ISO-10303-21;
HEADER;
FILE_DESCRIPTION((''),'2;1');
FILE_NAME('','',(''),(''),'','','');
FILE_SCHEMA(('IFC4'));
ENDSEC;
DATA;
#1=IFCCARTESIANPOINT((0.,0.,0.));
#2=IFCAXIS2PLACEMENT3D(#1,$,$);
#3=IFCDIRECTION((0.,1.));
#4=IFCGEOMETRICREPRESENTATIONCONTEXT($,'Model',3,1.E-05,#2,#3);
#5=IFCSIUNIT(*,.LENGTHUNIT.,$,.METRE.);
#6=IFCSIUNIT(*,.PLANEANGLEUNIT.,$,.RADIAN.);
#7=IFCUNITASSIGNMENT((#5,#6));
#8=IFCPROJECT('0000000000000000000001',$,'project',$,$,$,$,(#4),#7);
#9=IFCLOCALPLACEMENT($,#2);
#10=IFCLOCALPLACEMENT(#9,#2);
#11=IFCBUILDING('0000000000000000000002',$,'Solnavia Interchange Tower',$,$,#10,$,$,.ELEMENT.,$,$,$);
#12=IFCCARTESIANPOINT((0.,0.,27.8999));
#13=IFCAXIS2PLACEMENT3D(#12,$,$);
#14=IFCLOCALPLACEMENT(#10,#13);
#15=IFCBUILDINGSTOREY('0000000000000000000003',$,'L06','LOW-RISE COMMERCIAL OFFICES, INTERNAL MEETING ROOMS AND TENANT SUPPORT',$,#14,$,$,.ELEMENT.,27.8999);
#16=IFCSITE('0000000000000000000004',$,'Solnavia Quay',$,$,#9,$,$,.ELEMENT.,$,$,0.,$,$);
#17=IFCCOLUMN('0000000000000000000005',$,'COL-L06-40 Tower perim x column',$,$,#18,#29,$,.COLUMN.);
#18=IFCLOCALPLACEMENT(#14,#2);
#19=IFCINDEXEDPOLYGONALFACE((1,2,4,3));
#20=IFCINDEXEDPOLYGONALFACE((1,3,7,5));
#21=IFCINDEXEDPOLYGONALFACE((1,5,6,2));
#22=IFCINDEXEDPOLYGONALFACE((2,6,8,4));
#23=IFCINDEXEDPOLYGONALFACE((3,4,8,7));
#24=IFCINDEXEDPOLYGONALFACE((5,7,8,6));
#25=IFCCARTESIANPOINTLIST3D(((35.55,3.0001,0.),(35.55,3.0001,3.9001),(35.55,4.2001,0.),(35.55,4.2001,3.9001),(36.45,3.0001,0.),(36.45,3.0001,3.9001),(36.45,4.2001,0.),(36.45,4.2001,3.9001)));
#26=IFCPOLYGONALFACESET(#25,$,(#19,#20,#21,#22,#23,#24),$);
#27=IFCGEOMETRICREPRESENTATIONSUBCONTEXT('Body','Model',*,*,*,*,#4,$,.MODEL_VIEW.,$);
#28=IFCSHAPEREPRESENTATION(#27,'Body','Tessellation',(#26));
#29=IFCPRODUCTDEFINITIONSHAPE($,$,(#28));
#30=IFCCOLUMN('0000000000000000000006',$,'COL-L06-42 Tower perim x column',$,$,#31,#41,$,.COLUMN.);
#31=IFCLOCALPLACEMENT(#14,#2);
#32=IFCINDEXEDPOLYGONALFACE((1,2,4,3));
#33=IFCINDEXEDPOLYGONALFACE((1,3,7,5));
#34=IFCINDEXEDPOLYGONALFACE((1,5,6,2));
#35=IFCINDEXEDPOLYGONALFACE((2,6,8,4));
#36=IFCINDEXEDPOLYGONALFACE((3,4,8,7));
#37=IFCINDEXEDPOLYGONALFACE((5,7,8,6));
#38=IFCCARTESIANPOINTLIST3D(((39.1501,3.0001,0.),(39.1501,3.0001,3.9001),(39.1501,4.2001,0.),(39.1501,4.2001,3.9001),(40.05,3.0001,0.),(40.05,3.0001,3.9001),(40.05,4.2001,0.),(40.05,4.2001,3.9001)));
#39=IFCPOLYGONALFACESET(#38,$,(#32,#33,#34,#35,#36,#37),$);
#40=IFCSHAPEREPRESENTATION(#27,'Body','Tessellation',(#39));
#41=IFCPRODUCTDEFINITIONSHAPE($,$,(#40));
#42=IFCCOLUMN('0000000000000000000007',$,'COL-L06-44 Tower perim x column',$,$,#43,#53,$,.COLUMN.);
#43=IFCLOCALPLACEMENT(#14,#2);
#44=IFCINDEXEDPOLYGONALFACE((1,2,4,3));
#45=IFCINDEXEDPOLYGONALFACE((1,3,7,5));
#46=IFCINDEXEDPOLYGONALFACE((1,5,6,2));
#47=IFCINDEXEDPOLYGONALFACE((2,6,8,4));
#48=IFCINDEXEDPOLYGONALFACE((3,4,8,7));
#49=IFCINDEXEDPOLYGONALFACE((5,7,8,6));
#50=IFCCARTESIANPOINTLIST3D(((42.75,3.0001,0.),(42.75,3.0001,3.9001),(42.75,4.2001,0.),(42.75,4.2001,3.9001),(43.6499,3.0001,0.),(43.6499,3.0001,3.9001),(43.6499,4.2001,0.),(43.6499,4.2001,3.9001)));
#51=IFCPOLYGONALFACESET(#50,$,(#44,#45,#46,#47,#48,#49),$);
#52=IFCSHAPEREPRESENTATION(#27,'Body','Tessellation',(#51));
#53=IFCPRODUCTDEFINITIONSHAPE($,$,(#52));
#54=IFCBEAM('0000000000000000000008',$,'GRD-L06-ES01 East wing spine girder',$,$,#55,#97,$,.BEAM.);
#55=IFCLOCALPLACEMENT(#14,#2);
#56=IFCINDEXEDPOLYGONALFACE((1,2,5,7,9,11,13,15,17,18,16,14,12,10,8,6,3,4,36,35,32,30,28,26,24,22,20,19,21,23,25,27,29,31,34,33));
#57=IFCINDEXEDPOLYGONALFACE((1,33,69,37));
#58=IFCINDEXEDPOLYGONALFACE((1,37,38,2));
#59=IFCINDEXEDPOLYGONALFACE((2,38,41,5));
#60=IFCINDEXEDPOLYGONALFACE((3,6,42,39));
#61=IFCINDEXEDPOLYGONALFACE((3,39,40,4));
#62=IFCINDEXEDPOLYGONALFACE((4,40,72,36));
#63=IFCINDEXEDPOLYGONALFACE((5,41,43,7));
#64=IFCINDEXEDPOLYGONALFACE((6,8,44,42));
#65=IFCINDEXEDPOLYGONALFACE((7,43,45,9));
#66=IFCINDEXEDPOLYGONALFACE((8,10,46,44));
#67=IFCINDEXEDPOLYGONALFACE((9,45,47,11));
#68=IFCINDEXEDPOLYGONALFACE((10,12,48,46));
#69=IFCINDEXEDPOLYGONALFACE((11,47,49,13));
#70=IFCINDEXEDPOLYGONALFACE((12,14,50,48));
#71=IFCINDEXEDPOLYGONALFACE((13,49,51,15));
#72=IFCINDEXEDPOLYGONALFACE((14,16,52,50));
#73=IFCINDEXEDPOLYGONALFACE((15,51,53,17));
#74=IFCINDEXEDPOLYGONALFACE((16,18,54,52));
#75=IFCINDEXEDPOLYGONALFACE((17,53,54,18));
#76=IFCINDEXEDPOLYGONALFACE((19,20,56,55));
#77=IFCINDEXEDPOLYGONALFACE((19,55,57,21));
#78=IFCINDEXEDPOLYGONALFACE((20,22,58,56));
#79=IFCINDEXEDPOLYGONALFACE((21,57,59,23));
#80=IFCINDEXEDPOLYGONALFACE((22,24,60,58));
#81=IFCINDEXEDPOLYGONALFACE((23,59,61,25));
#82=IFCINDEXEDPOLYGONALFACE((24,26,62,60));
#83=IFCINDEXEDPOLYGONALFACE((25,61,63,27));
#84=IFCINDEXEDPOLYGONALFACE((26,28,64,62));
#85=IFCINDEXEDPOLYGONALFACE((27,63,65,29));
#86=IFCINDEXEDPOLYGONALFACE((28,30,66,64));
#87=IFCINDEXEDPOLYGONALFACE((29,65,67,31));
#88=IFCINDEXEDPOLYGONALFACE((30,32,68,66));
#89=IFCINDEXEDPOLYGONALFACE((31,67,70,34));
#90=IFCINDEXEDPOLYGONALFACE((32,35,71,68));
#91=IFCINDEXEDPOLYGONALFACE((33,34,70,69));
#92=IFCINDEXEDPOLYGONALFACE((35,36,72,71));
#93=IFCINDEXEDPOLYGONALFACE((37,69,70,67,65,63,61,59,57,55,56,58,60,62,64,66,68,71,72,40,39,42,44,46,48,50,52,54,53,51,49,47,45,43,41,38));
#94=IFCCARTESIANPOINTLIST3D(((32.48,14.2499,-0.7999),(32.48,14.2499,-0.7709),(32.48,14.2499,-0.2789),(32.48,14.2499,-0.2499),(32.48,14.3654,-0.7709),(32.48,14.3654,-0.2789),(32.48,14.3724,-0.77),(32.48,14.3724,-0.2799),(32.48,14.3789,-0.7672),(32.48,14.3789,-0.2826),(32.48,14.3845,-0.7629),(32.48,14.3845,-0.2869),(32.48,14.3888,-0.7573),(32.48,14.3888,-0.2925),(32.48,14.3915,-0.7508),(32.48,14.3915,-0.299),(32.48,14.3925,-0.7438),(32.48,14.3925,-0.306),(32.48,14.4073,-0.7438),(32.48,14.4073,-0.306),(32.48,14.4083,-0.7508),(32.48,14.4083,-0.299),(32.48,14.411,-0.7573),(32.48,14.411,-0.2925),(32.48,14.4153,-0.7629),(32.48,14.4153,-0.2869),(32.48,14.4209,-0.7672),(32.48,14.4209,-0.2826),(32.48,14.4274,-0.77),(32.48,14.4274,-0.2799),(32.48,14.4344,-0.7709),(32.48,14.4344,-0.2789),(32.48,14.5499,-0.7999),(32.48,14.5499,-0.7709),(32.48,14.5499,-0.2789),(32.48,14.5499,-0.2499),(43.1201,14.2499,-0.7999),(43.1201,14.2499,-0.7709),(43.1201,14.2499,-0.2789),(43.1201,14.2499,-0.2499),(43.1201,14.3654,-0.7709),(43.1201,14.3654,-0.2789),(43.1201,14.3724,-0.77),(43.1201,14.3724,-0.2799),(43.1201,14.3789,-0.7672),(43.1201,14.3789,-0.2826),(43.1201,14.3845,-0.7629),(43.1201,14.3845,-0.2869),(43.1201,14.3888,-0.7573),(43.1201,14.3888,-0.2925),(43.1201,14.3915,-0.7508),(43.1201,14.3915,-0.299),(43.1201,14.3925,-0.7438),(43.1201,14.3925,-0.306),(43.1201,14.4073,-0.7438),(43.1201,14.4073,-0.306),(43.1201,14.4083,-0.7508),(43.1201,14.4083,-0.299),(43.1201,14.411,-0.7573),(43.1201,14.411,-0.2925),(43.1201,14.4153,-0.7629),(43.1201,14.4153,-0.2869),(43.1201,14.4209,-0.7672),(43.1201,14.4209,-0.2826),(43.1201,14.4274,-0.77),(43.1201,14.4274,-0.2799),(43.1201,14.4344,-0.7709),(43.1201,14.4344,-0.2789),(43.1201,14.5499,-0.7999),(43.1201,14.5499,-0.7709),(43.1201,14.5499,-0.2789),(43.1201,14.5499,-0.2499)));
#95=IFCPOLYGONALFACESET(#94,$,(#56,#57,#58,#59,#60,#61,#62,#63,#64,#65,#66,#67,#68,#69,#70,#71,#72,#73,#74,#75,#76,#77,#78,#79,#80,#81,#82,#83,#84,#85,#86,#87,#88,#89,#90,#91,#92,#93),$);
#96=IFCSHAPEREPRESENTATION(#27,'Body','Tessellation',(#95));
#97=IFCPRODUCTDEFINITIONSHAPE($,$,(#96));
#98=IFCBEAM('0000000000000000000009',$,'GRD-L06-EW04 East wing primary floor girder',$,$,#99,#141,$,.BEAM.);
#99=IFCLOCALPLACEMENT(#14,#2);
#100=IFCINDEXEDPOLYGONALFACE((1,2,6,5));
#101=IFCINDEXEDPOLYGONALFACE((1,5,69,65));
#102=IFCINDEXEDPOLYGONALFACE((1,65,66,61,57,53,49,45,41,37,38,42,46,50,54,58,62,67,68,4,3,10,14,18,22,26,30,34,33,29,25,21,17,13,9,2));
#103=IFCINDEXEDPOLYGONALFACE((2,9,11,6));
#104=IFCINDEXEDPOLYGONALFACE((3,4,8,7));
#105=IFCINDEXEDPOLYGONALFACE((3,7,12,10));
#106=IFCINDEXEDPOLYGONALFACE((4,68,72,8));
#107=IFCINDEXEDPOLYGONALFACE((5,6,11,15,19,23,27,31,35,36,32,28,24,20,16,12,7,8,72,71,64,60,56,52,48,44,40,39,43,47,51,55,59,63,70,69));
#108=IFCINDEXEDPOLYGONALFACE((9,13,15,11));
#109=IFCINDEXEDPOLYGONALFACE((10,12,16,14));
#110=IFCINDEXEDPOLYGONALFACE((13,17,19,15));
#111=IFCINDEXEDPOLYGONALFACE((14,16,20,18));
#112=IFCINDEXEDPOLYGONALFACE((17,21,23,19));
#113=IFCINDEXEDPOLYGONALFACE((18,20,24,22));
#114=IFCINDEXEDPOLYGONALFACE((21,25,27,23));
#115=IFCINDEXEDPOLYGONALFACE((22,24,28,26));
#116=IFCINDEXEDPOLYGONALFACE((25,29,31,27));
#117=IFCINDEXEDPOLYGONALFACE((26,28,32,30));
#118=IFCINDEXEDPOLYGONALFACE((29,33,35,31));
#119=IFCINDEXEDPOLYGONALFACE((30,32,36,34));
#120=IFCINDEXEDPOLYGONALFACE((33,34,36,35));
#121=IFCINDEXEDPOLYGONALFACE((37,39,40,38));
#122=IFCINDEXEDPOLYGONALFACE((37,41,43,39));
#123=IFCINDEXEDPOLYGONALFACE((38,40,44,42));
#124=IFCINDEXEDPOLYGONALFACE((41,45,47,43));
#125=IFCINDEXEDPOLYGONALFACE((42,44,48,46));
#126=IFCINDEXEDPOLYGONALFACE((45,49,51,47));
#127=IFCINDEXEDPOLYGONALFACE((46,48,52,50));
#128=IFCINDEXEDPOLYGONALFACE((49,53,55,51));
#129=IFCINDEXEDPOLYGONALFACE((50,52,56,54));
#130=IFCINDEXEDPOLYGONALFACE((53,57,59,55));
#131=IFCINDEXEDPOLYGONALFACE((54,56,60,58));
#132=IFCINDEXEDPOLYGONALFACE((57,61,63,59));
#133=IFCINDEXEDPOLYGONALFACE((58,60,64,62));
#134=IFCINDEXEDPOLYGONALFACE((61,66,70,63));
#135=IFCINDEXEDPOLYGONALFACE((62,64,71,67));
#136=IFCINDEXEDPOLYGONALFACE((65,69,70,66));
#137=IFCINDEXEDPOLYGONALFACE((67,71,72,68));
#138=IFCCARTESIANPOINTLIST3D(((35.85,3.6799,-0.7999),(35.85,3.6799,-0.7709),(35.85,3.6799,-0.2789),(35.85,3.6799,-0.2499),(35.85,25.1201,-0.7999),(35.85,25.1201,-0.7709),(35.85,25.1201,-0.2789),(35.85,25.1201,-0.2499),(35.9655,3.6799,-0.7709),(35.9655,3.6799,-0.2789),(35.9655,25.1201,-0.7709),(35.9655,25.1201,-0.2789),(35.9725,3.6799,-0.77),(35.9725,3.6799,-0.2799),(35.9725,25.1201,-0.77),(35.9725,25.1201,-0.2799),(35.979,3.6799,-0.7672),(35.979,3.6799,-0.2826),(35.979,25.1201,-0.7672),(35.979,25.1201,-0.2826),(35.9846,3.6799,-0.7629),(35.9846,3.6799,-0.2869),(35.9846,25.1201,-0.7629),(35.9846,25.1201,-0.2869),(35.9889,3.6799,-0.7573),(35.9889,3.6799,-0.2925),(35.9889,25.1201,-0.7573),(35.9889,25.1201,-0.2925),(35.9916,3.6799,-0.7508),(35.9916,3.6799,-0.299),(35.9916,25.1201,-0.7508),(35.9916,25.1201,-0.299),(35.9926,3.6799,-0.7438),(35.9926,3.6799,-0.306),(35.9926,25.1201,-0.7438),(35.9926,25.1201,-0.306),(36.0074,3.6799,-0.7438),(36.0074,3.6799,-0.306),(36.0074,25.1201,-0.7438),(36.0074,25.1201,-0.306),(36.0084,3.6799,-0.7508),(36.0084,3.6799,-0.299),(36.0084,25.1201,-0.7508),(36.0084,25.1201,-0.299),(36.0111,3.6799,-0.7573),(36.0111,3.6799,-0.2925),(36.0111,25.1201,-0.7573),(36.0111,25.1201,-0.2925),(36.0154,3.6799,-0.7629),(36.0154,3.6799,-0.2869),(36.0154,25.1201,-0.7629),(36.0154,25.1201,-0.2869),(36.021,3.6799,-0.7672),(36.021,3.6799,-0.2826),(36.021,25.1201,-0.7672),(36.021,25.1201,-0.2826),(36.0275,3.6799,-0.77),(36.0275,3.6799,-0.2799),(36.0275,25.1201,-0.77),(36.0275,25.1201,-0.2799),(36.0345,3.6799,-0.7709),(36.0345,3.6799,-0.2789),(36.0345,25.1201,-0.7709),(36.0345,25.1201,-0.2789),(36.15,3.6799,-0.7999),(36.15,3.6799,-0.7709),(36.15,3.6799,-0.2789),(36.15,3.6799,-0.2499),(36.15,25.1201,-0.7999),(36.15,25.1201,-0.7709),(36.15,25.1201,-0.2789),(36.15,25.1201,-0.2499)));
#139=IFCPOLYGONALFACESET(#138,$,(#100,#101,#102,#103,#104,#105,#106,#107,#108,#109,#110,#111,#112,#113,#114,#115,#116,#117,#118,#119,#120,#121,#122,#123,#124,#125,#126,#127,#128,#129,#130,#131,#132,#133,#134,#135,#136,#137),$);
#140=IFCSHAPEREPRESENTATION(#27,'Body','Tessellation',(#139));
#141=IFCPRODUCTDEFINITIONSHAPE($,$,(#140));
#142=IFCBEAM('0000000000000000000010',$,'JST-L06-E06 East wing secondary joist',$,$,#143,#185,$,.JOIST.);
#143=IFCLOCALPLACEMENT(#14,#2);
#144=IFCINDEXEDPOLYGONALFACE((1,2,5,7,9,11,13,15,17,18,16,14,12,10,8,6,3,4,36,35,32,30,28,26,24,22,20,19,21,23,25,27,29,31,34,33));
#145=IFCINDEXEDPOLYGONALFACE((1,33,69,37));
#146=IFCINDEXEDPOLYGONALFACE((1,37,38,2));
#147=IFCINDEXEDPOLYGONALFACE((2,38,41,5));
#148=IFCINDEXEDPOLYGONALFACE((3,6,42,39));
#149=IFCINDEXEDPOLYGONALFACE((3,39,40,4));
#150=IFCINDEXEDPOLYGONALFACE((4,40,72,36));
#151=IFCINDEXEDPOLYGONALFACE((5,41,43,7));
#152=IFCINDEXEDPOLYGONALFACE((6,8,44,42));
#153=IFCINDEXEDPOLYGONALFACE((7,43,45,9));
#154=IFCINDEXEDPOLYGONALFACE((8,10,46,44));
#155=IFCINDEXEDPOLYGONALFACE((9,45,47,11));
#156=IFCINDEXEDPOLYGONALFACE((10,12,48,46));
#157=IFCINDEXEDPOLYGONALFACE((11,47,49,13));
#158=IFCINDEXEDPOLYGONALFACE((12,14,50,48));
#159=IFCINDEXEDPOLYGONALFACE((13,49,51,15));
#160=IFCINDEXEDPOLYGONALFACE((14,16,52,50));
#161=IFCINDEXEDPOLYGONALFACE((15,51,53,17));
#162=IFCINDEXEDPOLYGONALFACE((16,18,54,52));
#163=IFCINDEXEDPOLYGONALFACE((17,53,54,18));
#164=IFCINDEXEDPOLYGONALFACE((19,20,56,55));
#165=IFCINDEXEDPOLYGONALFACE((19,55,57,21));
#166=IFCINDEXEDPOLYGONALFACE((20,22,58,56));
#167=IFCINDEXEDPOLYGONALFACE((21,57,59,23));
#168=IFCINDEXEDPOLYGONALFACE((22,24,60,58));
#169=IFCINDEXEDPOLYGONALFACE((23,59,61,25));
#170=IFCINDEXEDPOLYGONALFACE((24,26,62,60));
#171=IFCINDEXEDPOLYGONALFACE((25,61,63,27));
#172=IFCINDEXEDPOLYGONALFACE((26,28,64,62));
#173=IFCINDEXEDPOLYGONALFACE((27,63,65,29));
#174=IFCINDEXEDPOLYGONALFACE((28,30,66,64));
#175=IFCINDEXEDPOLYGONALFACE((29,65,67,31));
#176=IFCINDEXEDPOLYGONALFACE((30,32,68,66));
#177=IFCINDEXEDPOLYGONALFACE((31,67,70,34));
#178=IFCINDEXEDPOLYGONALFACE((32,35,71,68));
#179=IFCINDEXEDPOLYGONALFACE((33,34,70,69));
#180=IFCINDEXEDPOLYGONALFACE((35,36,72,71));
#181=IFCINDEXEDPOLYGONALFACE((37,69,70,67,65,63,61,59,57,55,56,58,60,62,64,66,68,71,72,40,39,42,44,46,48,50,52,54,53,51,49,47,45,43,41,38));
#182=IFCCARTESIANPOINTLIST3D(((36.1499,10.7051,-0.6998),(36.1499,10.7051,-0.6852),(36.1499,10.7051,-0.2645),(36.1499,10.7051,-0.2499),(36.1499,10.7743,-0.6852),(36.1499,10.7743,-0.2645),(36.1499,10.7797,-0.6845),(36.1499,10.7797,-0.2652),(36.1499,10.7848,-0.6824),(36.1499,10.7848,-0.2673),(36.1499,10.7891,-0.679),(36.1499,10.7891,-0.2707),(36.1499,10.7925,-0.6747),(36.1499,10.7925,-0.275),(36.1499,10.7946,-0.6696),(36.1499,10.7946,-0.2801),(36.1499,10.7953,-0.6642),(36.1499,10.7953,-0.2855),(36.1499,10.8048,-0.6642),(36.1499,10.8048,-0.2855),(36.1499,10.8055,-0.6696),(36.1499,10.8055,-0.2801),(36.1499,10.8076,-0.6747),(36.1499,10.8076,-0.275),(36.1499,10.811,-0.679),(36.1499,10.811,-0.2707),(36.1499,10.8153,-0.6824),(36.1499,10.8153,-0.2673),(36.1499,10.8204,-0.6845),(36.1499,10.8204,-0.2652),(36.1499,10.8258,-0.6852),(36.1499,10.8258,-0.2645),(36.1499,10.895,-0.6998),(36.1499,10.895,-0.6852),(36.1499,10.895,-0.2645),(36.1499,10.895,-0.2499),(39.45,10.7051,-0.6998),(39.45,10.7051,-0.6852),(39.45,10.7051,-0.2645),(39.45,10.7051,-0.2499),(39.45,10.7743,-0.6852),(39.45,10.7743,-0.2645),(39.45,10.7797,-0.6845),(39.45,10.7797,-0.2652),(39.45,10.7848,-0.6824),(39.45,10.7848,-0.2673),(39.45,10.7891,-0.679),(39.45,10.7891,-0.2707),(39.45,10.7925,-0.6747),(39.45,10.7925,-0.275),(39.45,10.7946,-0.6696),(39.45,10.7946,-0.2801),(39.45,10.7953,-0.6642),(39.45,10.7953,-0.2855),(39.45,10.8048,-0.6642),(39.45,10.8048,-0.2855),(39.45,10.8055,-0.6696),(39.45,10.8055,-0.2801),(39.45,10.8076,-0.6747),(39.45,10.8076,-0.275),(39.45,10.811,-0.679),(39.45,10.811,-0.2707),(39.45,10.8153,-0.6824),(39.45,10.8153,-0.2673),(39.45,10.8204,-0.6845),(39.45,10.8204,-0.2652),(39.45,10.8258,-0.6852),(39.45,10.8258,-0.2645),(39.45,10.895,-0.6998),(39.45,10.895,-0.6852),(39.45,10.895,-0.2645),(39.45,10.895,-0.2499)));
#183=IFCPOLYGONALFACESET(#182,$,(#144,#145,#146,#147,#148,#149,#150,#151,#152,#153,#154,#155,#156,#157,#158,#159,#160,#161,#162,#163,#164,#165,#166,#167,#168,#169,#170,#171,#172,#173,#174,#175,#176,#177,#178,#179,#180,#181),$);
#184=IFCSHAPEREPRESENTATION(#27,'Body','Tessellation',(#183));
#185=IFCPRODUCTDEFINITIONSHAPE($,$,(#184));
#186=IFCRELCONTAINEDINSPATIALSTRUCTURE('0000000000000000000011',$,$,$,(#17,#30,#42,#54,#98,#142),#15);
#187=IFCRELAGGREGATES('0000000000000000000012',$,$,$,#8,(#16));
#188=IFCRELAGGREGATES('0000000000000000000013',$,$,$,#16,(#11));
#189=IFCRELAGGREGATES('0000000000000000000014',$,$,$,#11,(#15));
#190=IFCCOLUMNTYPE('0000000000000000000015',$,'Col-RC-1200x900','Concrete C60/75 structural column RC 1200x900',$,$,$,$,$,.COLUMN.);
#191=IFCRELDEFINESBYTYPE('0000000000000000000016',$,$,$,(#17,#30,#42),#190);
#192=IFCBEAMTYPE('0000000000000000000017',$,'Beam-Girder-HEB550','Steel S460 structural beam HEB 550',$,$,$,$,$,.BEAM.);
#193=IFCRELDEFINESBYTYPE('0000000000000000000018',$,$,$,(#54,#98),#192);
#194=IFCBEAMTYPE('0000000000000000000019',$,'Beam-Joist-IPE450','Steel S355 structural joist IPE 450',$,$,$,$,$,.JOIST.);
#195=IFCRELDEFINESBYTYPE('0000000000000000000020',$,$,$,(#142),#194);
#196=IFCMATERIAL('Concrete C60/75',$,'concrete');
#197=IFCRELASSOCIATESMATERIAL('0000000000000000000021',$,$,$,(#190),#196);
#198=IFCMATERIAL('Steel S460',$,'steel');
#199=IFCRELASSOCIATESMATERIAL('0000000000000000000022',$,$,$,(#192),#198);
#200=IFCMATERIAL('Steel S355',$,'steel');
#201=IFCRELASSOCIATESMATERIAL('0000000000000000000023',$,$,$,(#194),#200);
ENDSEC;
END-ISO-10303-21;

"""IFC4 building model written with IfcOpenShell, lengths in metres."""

from ifc_helpers import new_model, si_unit, direction, frame, origin, origin_2d, place, context, subcontext, project, spatial, rectangle, i_section, extrude, material, material_profile, profile_set, type_object, element, save


model = new_model("IFC4")

# Units and contexts
model_context = context("Model", 3, precision=1e-05, world=origin(), true_north=direction((0.0, 1.0)))
body_context = subcontext(model_context, "Body", "Model", "MODEL_VIEW")
ifc_project = project(units=[si_unit("LENGTHUNIT", "METRE"), si_unit("PLANEANGLEUNIT", "RADIAN")], contexts=[model_context])

# Site, building, storey
site_placement = place(None, origin())
site = spatial("IfcSite", under=ifc_project, at=site_placement, Name="Solnavia Quay", CompositionType="ELEMENT", RefElevation=0.0)
building_placement = place(site_placement, origin())
building = spatial("IfcBuilding", under=site, at=building_placement, Name="Solnavia Interchange Tower", CompositionType="ELEMENT")
storey_placement = place(building_placement, frame((0.0, 0.0, 27.8999)))
storey = spatial("IfcBuildingStorey", under=building, at=storey_placement, Name="L06", Description="LOW-RISE COMMERCIAL OFFICES, INTERNAL MEETING ROOMS AND TENANT SUPPORT", CompositionType="ELEMENT", Elevation=27.8999)

# Columns
ifc_material_1 = material(Name="Concrete C60/75", Category="concrete")
ifc_material_profile_1 = material_profile(ifc_material_1, rectangle(XDim=0.8999, YDim=1.2, at=origin_2d()), Name="RC 1200x900")
ifc_profile_set_1 = profile_set([ifc_material_profile_1], Name="Concrete C60/75")
column_type = type_object("IfcColumnType", Name="Col-RC-1200x900", Description="Concrete C60/75 structural column RC 1200x900", PredefinedType="COLUMN", material=ifc_profile_set_1)
for number, where, z_axis, x_axis, name in (
    (1, (36.0, 3.6001, 0.0), (0.0, 0.0, 1.0), (1.0, 0.0, 0.0), "COL-L06-40 Tower perim x column"),
    (2, (39.6001, 3.6001, 0.0), (0.0, 0.0, 1.0), (1.0, 0.0, 0.0), "COL-L06-42 Tower perim x column"),
    (3, (43.2, 3.6001, 0.0), (0.0, 0.0, 1.0), (1.0, 0.0, 0.0), "COL-L06-44 Tower perim x column"),
):
    element("IfcColumn", number, at=place(storey_placement, frame(where, z_axis=z_axis, x_axis=x_axis)), inside=storey, type_object=column_type, Name=name, PredefinedType="COLUMN", context=body_context, shape_type="SweptSolid", body=[
        extrude(rectangle(XDim=0.8999, YDim=1.2, at=origin_2d()), origin(), (0.0, 0.0, 1.0), 3.9001),
    ])

# Beams
ifc_material_2 = material(Name="Steel S460", Category="steel")
ifc_material_profile_2 = material_profile(ifc_material_2, i_section(OverallWidth=0.3, OverallDepth=0.55, WebThickness=0.0149, FlangeThickness=0.0291, FilletRadius=0.0271, at=origin_2d()), Name="HEB 550")
ifc_profile_set_2 = profile_set([ifc_material_profile_2], Name="Steel S460")
beam_type_1 = type_object("IfcBeamType", Name="Beam-Girder-HEB550", Description="Steel S460 structural beam HEB 550", PredefinedType="BEAM", material=ifc_profile_set_2)
beam_1_placement = place(storey_placement, frame((32.48, 14.3999, -0.5249), z_axis=(1.0, 0.0, 0.0), x_axis=(0.0, 1.0, 0.0)))
element("IfcBeam", 4, at=beam_1_placement, inside=storey, type_object=beam_type_1, Name="GRD-L06-ES01 East wing spine girder", PredefinedType="BEAM", context=body_context, shape_type="SweptSolid", body=[
    extrude(i_section(OverallWidth=0.3, OverallDepth=0.55, WebThickness=0.0149, FlangeThickness=0.0291, FilletRadius=0.0271, at=origin_2d()), origin(), (0.0, 0.0, 1.0), 10.6401),
])
beam_2_placement = place(storey_placement, frame((36.0, 3.6799, -0.5249), z_axis=(0.0, 1.0, 0.0), x_axis=(-1.0, 0.0, 0.0)))
element("IfcBeam", 5, at=beam_2_placement, inside=storey, type_object=beam_type_1, Name="GRD-L06-EW04 East wing primary floor girder", PredefinedType="BEAM", context=body_context, shape_type="SweptSolid", body=[
    extrude(i_section(OverallWidth=0.3, OverallDepth=0.55, WebThickness=0.0149, FlangeThickness=0.0291, FilletRadius=0.0271, at=origin_2d()), origin(), (0.0, 0.0, 1.0), 21.4402),
])
ifc_material_3 = material(Name="Steel S355", Category="steel")
ifc_material_profile_3 = material_profile(ifc_material_3, i_section(OverallWidth=0.1899, OverallDepth=0.45, WebThickness=0.0095, FlangeThickness=0.0146, FilletRadius=0.021, at=origin_2d()), Name="IPE 450")
ifc_profile_set_3 = profile_set([ifc_material_profile_3], Name="Steel S355")
beam_type_2 = type_object("IfcBeamType", Name="Beam-Joist-IPE450", Description="Steel S355 structural joist IPE 450", PredefinedType="JOIST", material=ifc_profile_set_3)
beam_3_placement = place(storey_placement, frame((36.1499, 10.8, -0.4749), z_axis=(1.0, 0.0, 0.0), x_axis=(0.0, 1.0, 0.0)))
element("IfcBeam", 6, at=beam_3_placement, inside=storey, type_object=beam_type_2, Name="JST-L06-E06 East wing secondary joist", PredefinedType="JOIST", context=body_context, shape_type="SweptSolid", body=[
    extrude(i_section(OverallWidth=0.1899, OverallDepth=0.45, WebThickness=0.0095, FlangeThickness=0.0146, FilletRadius=0.021, at=origin_2d()), origin(), (0.0, 0.0, 1.0), 3.3),
])

save(model, "model.ifc")
